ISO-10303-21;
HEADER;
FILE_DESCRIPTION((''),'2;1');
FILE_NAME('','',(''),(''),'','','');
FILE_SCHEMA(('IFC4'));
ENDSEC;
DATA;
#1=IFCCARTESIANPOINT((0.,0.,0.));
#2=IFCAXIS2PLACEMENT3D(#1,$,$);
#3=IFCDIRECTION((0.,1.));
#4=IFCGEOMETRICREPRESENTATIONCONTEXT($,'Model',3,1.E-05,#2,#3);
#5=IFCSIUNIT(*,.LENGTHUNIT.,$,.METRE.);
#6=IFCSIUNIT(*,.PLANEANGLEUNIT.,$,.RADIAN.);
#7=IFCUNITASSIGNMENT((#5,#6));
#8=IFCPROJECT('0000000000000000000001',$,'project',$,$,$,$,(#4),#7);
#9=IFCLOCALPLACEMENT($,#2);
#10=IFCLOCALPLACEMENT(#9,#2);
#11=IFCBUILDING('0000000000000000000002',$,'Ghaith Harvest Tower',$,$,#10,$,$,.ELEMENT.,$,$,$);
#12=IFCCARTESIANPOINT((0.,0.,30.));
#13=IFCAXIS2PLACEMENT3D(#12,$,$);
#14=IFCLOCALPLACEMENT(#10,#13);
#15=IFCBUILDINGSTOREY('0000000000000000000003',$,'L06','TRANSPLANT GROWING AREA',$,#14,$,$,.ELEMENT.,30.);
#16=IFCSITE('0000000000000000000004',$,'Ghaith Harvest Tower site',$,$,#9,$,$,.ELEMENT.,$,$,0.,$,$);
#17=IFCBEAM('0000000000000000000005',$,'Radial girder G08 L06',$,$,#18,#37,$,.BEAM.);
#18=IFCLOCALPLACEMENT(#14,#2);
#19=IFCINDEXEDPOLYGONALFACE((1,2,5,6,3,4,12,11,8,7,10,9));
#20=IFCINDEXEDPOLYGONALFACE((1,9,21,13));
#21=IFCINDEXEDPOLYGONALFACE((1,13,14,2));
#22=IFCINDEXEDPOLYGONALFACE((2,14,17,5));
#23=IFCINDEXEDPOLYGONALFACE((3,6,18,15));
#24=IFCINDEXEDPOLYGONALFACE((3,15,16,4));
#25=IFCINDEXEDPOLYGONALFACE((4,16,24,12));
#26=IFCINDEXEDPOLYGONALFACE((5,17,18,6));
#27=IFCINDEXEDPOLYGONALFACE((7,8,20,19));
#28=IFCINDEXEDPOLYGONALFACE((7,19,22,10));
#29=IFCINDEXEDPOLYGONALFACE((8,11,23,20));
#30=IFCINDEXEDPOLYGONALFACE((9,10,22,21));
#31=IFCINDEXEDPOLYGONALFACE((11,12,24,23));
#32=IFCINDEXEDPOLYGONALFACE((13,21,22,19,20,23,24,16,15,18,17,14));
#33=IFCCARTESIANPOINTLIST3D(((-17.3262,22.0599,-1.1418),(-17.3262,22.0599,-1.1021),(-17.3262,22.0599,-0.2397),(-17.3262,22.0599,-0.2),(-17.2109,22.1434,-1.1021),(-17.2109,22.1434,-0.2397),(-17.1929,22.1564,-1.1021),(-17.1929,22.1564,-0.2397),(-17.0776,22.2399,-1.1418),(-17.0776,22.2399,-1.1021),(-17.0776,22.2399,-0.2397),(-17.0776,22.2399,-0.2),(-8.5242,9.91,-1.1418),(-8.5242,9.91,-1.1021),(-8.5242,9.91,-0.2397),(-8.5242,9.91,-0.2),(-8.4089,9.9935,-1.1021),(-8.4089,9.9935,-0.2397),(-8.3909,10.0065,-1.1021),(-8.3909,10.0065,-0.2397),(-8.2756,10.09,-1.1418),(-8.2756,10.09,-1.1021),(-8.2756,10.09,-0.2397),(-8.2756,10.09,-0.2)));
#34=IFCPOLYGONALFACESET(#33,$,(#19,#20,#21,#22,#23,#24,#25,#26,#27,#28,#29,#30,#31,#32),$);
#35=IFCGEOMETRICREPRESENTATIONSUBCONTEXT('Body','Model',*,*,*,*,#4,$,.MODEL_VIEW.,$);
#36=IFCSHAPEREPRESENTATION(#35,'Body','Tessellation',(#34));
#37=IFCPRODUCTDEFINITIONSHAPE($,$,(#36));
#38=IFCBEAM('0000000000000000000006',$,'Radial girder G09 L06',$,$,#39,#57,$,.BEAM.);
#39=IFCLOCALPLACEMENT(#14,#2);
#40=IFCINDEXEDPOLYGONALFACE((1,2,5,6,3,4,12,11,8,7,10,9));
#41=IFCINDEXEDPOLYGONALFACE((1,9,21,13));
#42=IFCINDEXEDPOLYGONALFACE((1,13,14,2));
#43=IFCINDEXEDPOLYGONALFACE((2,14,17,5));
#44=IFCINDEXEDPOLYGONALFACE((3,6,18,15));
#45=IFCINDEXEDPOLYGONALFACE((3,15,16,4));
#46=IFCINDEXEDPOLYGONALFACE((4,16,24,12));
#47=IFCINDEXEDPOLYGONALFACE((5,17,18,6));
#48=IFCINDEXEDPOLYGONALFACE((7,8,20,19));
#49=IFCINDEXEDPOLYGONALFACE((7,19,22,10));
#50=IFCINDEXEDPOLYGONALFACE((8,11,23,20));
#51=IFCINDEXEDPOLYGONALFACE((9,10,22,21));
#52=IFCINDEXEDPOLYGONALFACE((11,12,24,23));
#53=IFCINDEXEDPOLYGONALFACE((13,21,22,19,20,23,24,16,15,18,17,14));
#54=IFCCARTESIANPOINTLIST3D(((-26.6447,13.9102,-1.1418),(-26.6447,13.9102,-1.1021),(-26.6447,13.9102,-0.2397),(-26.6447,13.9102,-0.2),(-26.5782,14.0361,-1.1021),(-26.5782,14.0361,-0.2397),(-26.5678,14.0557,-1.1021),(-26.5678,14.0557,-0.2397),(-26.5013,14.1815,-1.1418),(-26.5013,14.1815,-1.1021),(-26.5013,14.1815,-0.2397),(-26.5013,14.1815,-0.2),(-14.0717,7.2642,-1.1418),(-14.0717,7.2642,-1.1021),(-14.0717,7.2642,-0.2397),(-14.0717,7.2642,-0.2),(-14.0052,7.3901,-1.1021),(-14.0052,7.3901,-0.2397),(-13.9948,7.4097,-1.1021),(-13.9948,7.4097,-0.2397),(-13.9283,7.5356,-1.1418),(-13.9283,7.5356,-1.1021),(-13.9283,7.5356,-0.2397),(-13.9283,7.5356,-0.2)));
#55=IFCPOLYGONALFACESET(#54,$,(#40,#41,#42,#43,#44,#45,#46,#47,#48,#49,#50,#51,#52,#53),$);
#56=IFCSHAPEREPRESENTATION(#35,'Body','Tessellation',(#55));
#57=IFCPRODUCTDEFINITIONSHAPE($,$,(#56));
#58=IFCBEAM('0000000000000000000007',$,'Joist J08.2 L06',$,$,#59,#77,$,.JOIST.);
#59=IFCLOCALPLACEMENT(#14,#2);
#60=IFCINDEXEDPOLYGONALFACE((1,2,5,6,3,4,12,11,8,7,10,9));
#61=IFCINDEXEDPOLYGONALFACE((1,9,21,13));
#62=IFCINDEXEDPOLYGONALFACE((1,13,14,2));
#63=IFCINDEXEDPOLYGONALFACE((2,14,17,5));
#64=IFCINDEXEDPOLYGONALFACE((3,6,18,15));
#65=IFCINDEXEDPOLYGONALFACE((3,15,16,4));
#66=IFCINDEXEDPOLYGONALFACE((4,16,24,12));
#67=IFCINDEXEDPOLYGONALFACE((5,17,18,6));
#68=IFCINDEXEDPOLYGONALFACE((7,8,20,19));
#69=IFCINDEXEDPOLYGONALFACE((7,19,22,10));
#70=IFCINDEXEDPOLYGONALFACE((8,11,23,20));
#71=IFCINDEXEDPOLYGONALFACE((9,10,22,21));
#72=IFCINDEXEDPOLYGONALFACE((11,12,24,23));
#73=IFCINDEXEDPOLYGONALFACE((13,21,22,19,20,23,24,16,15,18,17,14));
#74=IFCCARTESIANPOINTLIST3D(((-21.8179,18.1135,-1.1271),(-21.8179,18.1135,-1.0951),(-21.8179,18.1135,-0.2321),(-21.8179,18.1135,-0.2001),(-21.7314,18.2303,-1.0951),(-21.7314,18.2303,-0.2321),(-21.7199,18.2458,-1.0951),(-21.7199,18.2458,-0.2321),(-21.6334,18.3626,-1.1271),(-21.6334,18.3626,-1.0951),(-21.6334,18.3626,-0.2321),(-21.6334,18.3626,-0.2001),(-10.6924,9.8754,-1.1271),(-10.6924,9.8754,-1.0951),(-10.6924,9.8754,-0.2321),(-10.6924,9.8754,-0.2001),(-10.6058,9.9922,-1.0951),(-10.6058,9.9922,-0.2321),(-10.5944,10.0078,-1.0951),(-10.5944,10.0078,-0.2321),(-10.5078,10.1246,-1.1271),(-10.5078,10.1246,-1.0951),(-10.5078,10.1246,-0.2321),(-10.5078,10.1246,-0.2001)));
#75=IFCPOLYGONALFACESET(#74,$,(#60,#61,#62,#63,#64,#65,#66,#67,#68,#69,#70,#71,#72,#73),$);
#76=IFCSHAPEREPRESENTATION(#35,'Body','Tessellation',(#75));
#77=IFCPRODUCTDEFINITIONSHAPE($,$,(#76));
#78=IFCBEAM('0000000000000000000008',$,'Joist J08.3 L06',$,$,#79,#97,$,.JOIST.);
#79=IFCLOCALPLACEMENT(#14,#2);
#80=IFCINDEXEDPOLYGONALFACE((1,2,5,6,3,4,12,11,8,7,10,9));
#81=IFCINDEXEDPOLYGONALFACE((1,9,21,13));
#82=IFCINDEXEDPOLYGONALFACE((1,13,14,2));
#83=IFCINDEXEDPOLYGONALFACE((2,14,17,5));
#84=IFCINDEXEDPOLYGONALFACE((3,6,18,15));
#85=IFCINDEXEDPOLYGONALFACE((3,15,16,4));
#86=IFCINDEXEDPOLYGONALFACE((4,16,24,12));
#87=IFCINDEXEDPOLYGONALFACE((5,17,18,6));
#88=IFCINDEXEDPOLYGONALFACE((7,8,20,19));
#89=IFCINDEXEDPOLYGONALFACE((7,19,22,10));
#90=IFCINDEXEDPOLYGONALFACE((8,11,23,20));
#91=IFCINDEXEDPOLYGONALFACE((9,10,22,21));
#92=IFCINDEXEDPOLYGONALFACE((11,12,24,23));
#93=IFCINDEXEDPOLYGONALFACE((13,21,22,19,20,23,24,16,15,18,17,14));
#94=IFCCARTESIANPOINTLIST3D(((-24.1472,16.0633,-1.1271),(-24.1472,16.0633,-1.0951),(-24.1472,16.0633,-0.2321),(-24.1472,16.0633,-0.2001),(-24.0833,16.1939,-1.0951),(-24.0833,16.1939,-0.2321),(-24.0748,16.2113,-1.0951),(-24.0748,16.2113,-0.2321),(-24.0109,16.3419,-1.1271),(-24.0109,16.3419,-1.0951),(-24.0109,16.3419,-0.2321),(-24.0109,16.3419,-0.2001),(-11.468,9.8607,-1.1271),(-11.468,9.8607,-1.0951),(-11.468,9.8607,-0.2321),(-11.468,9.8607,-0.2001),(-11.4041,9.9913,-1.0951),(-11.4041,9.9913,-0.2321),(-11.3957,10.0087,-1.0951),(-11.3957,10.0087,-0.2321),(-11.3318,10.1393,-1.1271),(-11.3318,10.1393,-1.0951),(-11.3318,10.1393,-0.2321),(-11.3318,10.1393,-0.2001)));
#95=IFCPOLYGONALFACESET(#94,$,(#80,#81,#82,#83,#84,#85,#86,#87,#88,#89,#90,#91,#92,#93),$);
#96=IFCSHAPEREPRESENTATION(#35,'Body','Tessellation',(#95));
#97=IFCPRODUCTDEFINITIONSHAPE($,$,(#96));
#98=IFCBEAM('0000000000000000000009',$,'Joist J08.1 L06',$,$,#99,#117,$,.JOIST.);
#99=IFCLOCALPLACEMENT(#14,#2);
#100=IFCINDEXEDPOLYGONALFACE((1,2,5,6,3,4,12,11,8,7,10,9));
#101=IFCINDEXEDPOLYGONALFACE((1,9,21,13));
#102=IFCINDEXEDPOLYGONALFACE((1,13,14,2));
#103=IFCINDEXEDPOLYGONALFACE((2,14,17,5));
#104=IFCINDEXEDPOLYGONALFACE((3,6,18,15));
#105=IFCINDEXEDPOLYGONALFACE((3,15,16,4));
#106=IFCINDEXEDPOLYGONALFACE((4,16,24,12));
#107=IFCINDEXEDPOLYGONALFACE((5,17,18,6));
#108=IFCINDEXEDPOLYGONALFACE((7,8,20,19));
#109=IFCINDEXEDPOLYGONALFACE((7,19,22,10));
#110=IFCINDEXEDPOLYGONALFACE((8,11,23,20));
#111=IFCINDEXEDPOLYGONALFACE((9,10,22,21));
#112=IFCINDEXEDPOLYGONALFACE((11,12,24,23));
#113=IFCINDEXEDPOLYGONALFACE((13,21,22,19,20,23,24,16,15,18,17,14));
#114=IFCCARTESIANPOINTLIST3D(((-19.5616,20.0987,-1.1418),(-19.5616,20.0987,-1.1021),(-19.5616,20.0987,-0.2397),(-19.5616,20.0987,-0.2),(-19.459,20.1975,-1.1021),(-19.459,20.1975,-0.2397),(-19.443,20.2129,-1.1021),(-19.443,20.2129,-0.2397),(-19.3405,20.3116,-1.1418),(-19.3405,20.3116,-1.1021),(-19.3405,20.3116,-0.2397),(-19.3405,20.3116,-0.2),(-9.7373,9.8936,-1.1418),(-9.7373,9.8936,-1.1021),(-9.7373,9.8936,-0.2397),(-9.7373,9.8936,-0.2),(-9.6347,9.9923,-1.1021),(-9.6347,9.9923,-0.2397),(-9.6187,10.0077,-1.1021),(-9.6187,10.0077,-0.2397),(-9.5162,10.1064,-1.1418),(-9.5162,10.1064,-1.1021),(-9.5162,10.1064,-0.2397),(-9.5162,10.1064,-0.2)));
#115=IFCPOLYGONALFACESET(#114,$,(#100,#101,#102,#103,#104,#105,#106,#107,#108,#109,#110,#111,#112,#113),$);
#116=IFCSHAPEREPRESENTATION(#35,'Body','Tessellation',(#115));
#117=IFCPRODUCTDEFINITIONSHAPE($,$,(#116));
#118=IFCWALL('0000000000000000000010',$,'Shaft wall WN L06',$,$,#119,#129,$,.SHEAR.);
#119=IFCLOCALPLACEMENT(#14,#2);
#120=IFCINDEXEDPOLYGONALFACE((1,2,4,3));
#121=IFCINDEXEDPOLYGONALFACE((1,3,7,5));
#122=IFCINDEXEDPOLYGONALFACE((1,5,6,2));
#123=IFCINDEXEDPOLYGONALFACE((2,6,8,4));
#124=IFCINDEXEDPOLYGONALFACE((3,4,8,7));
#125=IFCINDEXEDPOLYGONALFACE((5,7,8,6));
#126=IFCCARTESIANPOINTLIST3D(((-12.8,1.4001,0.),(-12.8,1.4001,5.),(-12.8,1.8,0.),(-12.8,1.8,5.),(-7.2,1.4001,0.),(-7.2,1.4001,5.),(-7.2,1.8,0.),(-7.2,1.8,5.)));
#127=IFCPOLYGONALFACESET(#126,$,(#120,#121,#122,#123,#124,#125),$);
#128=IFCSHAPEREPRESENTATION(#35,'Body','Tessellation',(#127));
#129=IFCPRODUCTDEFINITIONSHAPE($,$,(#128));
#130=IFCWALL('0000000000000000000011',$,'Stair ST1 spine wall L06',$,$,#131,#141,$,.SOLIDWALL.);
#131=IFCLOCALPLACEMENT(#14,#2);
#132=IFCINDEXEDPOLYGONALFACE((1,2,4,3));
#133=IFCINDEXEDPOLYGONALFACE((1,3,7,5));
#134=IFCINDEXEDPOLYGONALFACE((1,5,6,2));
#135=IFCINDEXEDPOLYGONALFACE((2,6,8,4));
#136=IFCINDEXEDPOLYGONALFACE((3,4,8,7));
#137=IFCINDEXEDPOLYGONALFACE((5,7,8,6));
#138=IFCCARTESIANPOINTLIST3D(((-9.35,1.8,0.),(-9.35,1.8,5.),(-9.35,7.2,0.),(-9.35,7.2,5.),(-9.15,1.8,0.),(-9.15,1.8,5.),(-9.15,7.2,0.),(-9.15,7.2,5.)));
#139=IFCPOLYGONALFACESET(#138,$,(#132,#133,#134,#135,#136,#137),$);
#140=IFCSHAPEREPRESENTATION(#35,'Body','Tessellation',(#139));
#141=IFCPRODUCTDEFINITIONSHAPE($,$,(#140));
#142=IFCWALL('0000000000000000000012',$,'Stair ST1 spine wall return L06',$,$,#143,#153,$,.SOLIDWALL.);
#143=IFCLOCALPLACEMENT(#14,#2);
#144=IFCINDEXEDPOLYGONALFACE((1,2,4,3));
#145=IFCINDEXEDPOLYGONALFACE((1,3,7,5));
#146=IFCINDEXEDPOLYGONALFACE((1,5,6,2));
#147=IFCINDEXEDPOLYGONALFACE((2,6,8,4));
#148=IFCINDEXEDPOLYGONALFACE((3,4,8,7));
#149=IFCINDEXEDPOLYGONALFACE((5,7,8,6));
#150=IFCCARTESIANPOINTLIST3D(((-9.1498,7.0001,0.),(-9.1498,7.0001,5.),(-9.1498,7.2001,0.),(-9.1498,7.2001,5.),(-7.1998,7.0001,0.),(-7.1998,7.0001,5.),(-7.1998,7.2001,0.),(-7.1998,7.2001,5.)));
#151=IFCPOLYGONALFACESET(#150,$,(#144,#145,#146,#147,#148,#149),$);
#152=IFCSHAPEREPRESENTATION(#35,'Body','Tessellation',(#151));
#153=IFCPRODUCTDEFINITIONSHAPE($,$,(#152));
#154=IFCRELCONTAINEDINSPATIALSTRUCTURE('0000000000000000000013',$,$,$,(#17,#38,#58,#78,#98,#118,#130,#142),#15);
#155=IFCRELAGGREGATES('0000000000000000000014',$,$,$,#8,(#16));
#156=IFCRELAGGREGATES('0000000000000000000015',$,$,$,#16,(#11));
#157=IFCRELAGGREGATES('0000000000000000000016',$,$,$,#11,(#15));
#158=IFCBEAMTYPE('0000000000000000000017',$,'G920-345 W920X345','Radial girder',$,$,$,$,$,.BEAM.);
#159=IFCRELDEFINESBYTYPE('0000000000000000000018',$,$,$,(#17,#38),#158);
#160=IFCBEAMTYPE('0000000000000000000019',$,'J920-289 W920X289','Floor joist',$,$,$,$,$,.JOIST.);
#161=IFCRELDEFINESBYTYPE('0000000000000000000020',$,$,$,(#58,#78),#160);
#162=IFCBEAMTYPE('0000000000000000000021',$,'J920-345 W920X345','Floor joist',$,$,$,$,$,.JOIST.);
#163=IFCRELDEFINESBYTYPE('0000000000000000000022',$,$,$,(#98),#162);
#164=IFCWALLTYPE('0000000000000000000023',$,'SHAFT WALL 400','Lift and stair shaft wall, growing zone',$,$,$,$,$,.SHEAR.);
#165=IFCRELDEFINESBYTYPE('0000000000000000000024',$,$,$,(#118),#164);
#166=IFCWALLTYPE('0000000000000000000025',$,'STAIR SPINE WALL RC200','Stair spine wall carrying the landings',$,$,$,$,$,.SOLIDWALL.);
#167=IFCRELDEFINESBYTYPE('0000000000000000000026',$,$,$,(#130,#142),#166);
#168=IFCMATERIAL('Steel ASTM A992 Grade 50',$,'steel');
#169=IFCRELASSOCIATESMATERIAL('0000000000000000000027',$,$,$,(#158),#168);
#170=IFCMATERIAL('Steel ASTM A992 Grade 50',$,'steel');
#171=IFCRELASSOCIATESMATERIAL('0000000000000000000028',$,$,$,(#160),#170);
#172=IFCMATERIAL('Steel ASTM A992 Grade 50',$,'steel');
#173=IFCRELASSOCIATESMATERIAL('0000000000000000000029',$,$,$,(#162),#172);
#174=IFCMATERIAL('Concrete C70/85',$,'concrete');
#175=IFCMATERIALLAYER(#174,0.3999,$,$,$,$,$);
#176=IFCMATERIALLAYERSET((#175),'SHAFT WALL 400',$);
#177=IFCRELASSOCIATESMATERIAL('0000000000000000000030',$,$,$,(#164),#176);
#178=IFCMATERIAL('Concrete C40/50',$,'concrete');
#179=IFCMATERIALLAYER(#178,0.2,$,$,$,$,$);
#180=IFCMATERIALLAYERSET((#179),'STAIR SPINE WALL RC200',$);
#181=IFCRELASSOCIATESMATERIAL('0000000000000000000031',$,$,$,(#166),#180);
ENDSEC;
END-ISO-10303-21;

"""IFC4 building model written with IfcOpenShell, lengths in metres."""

from ifc_helpers import new_model, si_unit, direction, frame, frame_2d, origin, origin_2d, place, context, subcontext, project, spatial, rectangle, i_section, extrude, material, layer, layer_set, material_profile, profile_set, type_object, element, save


model = new_model("IFC4")

# Units and contexts
model_context = context("Model", 3, precision=1e-05, world=origin(), true_north=direction((0.0, 1.0)))
body_context = subcontext(model_context, "Body", "Model", "MODEL_VIEW")
ifc_project = project(units=[si_unit("LENGTHUNIT", "METRE"), si_unit("PLANEANGLEUNIT", "RADIAN")], contexts=[model_context])

# Site, building, storey
site_placement = place(None, origin())
site = spatial("IfcSite", under=ifc_project, at=site_placement, Name="Ghaith Harvest Tower site", CompositionType="ELEMENT", RefElevation=0.0)
building_placement = place(site_placement, origin())
building = spatial("IfcBuilding", under=site, at=building_placement, Name="Ghaith Harvest Tower", CompositionType="ELEMENT")
storey_placement = place(building_placement, frame((0.0, 0.0, 30.0)))
storey = spatial("IfcBuildingStorey", under=building, at=storey_placement, Name="L06", Description="TRANSPLANT GROWING AREA", CompositionType="ELEMENT", Elevation=30.0)

# Beams
ifc_material_1 = material(Name="Steel ASTM A992 Grade 50", Category="steel")
ifc_material_profile_1 = material_profile(ifc_material_1, i_section(OverallWidth=0.3069, OverallDepth=0.9419, WebThickness=0.0222, FlangeThickness=0.0398, at=origin_2d()), Name="W920X345")
ifc_profile_set_1 = profile_set([ifc_material_profile_1], Name="Steel ASTM A992 Grade 50")
beam_type_1 = type_object("IfcBeamType", Name="G920-345 W920X345", Description="Radial girder", PredefinedType="BEAM", material=ifc_profile_set_1)
beam_1_placement = place(storey_placement, frame((-8.3999, 10.0, -0.6709), z_axis=(-0.586676, 0.809822, 0.0), x_axis=(-0.809822, -0.586676, 0.0)))
element("IfcBeam", 1, at=beam_1_placement, inside=storey, type_object=beam_type_1, Name="Radial girder G08 L06", PredefinedType="BEAM", context=body_context, shape_type="SweptSolid", body=[
    extrude(i_section(OverallWidth=0.3069, OverallDepth=0.9419, WebThickness=0.0222, FlangeThickness=0.0398, at=origin_2d()), origin(), (0.0, 0.0, 1.0), 15.0032),
])
beam_2_placement = place(storey_placement, frame((-14.0, 7.3999, -0.6709), z_axis=(-0.884087, 0.467322, 0.0), x_axis=(-0.467322, -0.884087, 0.0)))
element("IfcBeam", 2, at=beam_2_placement, inside=storey, type_object=beam_type_1, Name="Radial girder G09 L06", PredefinedType="BEAM", context=body_context, shape_type="SweptSolid", body=[
    extrude(i_section(OverallWidth=0.3069, OverallDepth=0.9419, WebThickness=0.0222, FlangeThickness=0.0398, at=origin_2d()), origin(), (0.0, 0.0, 1.0), 14.2214),
])
ifc_material_2 = material(Name="Steel ASTM A992 Grade 50", Category="steel")
ifc_material_profile_2 = material_profile(ifc_material_2, i_section(OverallWidth=0.3101, OverallDepth=0.927, WebThickness=0.0193, FlangeThickness=0.032, at=origin_2d()), Name="W920X289")
ifc_profile_set_2 = profile_set([ifc_material_profile_2], Name="Steel ASTM A992 Grade 50")
beam_type_2 = type_object("IfcBeamType", Name="J920-289 W920X289", Description="Floor joist", PredefinedType="JOIST", material=ifc_profile_set_2)
beam_3_placement = place(storey_placement, frame((-10.6001, 10.0, -0.6636), z_axis=(-0.803663, 0.595085, 0.0), x_axis=(-0.595085, -0.803663, 0.0)))
element("IfcBeam", 3, at=beam_3_placement, inside=storey, type_object=beam_type_2, Name="Joist J08.2 L06", PredefinedType="JOIST", context=body_context, shape_type="SweptSolid", body=[
    extrude(i_section(OverallWidth=0.3101, OverallDepth=0.927, WebThickness=0.0193, FlangeThickness=0.032, at=origin_2d()), origin(), (0.0, 0.0, 1.0), 13.8435),
])
beam_4_placement = place(storey_placement, frame((-11.3999, 10.0, -0.6636), z_axis=(-0.898275, 0.439434, 0.0), x_axis=(-0.439434, -0.898275, 0.0)))
element("IfcBeam", 4, at=beam_4_placement, inside=storey, type_object=beam_type_2, Name="Joist J08.3 L06", PredefinedType="JOIST", context=body_context, shape_type="SweptSolid", body=[
    extrude(i_section(OverallWidth=0.3101, OverallDepth=0.927, WebThickness=0.0193, FlangeThickness=0.032, at=origin_2d()), origin(), (0.0, 0.0, 1.0), 14.115),
])
ifc_material_3 = material(Name="Steel ASTM A992 Grade 50", Category="steel")
ifc_material_profile_3 = material_profile(ifc_material_3, i_section(OverallWidth=0.3069, OverallDepth=0.9419, WebThickness=0.0222, FlangeThickness=0.0398, at=origin_2d()), Name="W920X345")
ifc_profile_set_3 = profile_set([ifc_material_profile_3], Name="Steel ASTM A992 Grade 50")
beam_type_3 = type_object("IfcBeamType", Name="J920-345 W920X345", Description="Floor joist", PredefinedType="JOIST", material=ifc_profile_set_3)
beam_5_placement = place(storey_placement, frame((-9.6267, 10.0, -0.6709), z_axis=(-0.693536, 0.720422, 0.0), x_axis=(-0.720422, -0.693536, 0.0)))
element("IfcBeam", 5, at=beam_5_placement, inside=storey, type_object=beam_type_3, Name="Joist J08.1 L06", PredefinedType="JOIST", context=body_context, shape_type="SweptSolid", body=[
    extrude(i_section(OverallWidth=0.3069, OverallDepth=0.9419, WebThickness=0.0222, FlangeThickness=0.0398, at=origin_2d()), origin(), (0.0, 0.0, 1.0), 14.1655),
])

# Shared definitions
ifc_material_4 = material(Name="Concrete C70/85", Category="concrete")
ifc_layer_1 = layer(ifc_material_4, 0.3999)
ifc_layer_set_1 = layer_set([ifc_layer_1], Name="SHAFT WALL 400")
wall_type_1 = type_object("IfcWallType", Name="SHAFT WALL 400", Description="Lift and stair shaft wall, growing zone", PredefinedType="SHEAR", material=ifc_layer_set_1)

# Walls
wall_1_placement = place(storey_placement, frame((-12.8, 1.6001, 0.0), z_axis=(0.0, 0.0, 1.0), x_axis=(1.0, 0.0, 0.0)))
element("IfcWall", 6, at=wall_1_placement, inside=storey, type_object=wall_type_1, Name="Shaft wall WN L06", PredefinedType="SHEAR", context=body_context, shape_type="SweptSolid", body=[
    extrude(rectangle(XDim=5.6001, YDim=0.3999, at=frame_2d((2.8, 0.0))), origin(), (0.0, 0.0, 1.0), 5.0),
])
ifc_material_5 = material(Name="Concrete C40/50", Category="concrete")
ifc_layer_2 = layer(ifc_material_5, 0.2)
ifc_layer_set_2 = layer_set([ifc_layer_2], Name="STAIR SPINE WALL RC200")
wall_type_2 = type_object("IfcWallType", Name="STAIR SPINE WALL RC200", Description="Stair spine wall carrying the landings", PredefinedType="SOLIDWALL", material=ifc_layer_set_2)
wall_2_placement = place(storey_placement, frame((-9.25, 7.2, 0.0), z_axis=(0.0, 0.0, 1.0), x_axis=(0.0, -1.0, 0.0)))
element("IfcWall", 7, at=wall_2_placement, inside=storey, type_object=wall_type_2, Name="Stair ST1 spine wall L06", PredefinedType="SOLIDWALL", context=body_context, shape_type="SweptSolid", body=[
    extrude(rectangle(XDim=5.3999, YDim=0.2, at=frame_2d((2.7, 0.0))), origin(), (0.0, 0.0, 1.0), 5.0),
])
wall_3_placement = place(storey_placement, frame((-9.1499, 7.1001, 0.0), z_axis=(0.0, 0.0, 1.0), x_axis=(1.0, 0.0, 0.0)))
element("IfcWall", 8, at=wall_3_placement, inside=storey, type_object=wall_type_2, Name="Stair ST1 spine wall return L06", PredefinedType="SOLIDWALL", context=body_context, shape_type="SweptSolid", body=[
    extrude(rectangle(XDim=1.95, YDim=0.2, at=frame_2d((0.9751, 0.0))), origin(), (0.0, 0.0, 1.0), 5.0),
])

save(model, "model.ifc")
